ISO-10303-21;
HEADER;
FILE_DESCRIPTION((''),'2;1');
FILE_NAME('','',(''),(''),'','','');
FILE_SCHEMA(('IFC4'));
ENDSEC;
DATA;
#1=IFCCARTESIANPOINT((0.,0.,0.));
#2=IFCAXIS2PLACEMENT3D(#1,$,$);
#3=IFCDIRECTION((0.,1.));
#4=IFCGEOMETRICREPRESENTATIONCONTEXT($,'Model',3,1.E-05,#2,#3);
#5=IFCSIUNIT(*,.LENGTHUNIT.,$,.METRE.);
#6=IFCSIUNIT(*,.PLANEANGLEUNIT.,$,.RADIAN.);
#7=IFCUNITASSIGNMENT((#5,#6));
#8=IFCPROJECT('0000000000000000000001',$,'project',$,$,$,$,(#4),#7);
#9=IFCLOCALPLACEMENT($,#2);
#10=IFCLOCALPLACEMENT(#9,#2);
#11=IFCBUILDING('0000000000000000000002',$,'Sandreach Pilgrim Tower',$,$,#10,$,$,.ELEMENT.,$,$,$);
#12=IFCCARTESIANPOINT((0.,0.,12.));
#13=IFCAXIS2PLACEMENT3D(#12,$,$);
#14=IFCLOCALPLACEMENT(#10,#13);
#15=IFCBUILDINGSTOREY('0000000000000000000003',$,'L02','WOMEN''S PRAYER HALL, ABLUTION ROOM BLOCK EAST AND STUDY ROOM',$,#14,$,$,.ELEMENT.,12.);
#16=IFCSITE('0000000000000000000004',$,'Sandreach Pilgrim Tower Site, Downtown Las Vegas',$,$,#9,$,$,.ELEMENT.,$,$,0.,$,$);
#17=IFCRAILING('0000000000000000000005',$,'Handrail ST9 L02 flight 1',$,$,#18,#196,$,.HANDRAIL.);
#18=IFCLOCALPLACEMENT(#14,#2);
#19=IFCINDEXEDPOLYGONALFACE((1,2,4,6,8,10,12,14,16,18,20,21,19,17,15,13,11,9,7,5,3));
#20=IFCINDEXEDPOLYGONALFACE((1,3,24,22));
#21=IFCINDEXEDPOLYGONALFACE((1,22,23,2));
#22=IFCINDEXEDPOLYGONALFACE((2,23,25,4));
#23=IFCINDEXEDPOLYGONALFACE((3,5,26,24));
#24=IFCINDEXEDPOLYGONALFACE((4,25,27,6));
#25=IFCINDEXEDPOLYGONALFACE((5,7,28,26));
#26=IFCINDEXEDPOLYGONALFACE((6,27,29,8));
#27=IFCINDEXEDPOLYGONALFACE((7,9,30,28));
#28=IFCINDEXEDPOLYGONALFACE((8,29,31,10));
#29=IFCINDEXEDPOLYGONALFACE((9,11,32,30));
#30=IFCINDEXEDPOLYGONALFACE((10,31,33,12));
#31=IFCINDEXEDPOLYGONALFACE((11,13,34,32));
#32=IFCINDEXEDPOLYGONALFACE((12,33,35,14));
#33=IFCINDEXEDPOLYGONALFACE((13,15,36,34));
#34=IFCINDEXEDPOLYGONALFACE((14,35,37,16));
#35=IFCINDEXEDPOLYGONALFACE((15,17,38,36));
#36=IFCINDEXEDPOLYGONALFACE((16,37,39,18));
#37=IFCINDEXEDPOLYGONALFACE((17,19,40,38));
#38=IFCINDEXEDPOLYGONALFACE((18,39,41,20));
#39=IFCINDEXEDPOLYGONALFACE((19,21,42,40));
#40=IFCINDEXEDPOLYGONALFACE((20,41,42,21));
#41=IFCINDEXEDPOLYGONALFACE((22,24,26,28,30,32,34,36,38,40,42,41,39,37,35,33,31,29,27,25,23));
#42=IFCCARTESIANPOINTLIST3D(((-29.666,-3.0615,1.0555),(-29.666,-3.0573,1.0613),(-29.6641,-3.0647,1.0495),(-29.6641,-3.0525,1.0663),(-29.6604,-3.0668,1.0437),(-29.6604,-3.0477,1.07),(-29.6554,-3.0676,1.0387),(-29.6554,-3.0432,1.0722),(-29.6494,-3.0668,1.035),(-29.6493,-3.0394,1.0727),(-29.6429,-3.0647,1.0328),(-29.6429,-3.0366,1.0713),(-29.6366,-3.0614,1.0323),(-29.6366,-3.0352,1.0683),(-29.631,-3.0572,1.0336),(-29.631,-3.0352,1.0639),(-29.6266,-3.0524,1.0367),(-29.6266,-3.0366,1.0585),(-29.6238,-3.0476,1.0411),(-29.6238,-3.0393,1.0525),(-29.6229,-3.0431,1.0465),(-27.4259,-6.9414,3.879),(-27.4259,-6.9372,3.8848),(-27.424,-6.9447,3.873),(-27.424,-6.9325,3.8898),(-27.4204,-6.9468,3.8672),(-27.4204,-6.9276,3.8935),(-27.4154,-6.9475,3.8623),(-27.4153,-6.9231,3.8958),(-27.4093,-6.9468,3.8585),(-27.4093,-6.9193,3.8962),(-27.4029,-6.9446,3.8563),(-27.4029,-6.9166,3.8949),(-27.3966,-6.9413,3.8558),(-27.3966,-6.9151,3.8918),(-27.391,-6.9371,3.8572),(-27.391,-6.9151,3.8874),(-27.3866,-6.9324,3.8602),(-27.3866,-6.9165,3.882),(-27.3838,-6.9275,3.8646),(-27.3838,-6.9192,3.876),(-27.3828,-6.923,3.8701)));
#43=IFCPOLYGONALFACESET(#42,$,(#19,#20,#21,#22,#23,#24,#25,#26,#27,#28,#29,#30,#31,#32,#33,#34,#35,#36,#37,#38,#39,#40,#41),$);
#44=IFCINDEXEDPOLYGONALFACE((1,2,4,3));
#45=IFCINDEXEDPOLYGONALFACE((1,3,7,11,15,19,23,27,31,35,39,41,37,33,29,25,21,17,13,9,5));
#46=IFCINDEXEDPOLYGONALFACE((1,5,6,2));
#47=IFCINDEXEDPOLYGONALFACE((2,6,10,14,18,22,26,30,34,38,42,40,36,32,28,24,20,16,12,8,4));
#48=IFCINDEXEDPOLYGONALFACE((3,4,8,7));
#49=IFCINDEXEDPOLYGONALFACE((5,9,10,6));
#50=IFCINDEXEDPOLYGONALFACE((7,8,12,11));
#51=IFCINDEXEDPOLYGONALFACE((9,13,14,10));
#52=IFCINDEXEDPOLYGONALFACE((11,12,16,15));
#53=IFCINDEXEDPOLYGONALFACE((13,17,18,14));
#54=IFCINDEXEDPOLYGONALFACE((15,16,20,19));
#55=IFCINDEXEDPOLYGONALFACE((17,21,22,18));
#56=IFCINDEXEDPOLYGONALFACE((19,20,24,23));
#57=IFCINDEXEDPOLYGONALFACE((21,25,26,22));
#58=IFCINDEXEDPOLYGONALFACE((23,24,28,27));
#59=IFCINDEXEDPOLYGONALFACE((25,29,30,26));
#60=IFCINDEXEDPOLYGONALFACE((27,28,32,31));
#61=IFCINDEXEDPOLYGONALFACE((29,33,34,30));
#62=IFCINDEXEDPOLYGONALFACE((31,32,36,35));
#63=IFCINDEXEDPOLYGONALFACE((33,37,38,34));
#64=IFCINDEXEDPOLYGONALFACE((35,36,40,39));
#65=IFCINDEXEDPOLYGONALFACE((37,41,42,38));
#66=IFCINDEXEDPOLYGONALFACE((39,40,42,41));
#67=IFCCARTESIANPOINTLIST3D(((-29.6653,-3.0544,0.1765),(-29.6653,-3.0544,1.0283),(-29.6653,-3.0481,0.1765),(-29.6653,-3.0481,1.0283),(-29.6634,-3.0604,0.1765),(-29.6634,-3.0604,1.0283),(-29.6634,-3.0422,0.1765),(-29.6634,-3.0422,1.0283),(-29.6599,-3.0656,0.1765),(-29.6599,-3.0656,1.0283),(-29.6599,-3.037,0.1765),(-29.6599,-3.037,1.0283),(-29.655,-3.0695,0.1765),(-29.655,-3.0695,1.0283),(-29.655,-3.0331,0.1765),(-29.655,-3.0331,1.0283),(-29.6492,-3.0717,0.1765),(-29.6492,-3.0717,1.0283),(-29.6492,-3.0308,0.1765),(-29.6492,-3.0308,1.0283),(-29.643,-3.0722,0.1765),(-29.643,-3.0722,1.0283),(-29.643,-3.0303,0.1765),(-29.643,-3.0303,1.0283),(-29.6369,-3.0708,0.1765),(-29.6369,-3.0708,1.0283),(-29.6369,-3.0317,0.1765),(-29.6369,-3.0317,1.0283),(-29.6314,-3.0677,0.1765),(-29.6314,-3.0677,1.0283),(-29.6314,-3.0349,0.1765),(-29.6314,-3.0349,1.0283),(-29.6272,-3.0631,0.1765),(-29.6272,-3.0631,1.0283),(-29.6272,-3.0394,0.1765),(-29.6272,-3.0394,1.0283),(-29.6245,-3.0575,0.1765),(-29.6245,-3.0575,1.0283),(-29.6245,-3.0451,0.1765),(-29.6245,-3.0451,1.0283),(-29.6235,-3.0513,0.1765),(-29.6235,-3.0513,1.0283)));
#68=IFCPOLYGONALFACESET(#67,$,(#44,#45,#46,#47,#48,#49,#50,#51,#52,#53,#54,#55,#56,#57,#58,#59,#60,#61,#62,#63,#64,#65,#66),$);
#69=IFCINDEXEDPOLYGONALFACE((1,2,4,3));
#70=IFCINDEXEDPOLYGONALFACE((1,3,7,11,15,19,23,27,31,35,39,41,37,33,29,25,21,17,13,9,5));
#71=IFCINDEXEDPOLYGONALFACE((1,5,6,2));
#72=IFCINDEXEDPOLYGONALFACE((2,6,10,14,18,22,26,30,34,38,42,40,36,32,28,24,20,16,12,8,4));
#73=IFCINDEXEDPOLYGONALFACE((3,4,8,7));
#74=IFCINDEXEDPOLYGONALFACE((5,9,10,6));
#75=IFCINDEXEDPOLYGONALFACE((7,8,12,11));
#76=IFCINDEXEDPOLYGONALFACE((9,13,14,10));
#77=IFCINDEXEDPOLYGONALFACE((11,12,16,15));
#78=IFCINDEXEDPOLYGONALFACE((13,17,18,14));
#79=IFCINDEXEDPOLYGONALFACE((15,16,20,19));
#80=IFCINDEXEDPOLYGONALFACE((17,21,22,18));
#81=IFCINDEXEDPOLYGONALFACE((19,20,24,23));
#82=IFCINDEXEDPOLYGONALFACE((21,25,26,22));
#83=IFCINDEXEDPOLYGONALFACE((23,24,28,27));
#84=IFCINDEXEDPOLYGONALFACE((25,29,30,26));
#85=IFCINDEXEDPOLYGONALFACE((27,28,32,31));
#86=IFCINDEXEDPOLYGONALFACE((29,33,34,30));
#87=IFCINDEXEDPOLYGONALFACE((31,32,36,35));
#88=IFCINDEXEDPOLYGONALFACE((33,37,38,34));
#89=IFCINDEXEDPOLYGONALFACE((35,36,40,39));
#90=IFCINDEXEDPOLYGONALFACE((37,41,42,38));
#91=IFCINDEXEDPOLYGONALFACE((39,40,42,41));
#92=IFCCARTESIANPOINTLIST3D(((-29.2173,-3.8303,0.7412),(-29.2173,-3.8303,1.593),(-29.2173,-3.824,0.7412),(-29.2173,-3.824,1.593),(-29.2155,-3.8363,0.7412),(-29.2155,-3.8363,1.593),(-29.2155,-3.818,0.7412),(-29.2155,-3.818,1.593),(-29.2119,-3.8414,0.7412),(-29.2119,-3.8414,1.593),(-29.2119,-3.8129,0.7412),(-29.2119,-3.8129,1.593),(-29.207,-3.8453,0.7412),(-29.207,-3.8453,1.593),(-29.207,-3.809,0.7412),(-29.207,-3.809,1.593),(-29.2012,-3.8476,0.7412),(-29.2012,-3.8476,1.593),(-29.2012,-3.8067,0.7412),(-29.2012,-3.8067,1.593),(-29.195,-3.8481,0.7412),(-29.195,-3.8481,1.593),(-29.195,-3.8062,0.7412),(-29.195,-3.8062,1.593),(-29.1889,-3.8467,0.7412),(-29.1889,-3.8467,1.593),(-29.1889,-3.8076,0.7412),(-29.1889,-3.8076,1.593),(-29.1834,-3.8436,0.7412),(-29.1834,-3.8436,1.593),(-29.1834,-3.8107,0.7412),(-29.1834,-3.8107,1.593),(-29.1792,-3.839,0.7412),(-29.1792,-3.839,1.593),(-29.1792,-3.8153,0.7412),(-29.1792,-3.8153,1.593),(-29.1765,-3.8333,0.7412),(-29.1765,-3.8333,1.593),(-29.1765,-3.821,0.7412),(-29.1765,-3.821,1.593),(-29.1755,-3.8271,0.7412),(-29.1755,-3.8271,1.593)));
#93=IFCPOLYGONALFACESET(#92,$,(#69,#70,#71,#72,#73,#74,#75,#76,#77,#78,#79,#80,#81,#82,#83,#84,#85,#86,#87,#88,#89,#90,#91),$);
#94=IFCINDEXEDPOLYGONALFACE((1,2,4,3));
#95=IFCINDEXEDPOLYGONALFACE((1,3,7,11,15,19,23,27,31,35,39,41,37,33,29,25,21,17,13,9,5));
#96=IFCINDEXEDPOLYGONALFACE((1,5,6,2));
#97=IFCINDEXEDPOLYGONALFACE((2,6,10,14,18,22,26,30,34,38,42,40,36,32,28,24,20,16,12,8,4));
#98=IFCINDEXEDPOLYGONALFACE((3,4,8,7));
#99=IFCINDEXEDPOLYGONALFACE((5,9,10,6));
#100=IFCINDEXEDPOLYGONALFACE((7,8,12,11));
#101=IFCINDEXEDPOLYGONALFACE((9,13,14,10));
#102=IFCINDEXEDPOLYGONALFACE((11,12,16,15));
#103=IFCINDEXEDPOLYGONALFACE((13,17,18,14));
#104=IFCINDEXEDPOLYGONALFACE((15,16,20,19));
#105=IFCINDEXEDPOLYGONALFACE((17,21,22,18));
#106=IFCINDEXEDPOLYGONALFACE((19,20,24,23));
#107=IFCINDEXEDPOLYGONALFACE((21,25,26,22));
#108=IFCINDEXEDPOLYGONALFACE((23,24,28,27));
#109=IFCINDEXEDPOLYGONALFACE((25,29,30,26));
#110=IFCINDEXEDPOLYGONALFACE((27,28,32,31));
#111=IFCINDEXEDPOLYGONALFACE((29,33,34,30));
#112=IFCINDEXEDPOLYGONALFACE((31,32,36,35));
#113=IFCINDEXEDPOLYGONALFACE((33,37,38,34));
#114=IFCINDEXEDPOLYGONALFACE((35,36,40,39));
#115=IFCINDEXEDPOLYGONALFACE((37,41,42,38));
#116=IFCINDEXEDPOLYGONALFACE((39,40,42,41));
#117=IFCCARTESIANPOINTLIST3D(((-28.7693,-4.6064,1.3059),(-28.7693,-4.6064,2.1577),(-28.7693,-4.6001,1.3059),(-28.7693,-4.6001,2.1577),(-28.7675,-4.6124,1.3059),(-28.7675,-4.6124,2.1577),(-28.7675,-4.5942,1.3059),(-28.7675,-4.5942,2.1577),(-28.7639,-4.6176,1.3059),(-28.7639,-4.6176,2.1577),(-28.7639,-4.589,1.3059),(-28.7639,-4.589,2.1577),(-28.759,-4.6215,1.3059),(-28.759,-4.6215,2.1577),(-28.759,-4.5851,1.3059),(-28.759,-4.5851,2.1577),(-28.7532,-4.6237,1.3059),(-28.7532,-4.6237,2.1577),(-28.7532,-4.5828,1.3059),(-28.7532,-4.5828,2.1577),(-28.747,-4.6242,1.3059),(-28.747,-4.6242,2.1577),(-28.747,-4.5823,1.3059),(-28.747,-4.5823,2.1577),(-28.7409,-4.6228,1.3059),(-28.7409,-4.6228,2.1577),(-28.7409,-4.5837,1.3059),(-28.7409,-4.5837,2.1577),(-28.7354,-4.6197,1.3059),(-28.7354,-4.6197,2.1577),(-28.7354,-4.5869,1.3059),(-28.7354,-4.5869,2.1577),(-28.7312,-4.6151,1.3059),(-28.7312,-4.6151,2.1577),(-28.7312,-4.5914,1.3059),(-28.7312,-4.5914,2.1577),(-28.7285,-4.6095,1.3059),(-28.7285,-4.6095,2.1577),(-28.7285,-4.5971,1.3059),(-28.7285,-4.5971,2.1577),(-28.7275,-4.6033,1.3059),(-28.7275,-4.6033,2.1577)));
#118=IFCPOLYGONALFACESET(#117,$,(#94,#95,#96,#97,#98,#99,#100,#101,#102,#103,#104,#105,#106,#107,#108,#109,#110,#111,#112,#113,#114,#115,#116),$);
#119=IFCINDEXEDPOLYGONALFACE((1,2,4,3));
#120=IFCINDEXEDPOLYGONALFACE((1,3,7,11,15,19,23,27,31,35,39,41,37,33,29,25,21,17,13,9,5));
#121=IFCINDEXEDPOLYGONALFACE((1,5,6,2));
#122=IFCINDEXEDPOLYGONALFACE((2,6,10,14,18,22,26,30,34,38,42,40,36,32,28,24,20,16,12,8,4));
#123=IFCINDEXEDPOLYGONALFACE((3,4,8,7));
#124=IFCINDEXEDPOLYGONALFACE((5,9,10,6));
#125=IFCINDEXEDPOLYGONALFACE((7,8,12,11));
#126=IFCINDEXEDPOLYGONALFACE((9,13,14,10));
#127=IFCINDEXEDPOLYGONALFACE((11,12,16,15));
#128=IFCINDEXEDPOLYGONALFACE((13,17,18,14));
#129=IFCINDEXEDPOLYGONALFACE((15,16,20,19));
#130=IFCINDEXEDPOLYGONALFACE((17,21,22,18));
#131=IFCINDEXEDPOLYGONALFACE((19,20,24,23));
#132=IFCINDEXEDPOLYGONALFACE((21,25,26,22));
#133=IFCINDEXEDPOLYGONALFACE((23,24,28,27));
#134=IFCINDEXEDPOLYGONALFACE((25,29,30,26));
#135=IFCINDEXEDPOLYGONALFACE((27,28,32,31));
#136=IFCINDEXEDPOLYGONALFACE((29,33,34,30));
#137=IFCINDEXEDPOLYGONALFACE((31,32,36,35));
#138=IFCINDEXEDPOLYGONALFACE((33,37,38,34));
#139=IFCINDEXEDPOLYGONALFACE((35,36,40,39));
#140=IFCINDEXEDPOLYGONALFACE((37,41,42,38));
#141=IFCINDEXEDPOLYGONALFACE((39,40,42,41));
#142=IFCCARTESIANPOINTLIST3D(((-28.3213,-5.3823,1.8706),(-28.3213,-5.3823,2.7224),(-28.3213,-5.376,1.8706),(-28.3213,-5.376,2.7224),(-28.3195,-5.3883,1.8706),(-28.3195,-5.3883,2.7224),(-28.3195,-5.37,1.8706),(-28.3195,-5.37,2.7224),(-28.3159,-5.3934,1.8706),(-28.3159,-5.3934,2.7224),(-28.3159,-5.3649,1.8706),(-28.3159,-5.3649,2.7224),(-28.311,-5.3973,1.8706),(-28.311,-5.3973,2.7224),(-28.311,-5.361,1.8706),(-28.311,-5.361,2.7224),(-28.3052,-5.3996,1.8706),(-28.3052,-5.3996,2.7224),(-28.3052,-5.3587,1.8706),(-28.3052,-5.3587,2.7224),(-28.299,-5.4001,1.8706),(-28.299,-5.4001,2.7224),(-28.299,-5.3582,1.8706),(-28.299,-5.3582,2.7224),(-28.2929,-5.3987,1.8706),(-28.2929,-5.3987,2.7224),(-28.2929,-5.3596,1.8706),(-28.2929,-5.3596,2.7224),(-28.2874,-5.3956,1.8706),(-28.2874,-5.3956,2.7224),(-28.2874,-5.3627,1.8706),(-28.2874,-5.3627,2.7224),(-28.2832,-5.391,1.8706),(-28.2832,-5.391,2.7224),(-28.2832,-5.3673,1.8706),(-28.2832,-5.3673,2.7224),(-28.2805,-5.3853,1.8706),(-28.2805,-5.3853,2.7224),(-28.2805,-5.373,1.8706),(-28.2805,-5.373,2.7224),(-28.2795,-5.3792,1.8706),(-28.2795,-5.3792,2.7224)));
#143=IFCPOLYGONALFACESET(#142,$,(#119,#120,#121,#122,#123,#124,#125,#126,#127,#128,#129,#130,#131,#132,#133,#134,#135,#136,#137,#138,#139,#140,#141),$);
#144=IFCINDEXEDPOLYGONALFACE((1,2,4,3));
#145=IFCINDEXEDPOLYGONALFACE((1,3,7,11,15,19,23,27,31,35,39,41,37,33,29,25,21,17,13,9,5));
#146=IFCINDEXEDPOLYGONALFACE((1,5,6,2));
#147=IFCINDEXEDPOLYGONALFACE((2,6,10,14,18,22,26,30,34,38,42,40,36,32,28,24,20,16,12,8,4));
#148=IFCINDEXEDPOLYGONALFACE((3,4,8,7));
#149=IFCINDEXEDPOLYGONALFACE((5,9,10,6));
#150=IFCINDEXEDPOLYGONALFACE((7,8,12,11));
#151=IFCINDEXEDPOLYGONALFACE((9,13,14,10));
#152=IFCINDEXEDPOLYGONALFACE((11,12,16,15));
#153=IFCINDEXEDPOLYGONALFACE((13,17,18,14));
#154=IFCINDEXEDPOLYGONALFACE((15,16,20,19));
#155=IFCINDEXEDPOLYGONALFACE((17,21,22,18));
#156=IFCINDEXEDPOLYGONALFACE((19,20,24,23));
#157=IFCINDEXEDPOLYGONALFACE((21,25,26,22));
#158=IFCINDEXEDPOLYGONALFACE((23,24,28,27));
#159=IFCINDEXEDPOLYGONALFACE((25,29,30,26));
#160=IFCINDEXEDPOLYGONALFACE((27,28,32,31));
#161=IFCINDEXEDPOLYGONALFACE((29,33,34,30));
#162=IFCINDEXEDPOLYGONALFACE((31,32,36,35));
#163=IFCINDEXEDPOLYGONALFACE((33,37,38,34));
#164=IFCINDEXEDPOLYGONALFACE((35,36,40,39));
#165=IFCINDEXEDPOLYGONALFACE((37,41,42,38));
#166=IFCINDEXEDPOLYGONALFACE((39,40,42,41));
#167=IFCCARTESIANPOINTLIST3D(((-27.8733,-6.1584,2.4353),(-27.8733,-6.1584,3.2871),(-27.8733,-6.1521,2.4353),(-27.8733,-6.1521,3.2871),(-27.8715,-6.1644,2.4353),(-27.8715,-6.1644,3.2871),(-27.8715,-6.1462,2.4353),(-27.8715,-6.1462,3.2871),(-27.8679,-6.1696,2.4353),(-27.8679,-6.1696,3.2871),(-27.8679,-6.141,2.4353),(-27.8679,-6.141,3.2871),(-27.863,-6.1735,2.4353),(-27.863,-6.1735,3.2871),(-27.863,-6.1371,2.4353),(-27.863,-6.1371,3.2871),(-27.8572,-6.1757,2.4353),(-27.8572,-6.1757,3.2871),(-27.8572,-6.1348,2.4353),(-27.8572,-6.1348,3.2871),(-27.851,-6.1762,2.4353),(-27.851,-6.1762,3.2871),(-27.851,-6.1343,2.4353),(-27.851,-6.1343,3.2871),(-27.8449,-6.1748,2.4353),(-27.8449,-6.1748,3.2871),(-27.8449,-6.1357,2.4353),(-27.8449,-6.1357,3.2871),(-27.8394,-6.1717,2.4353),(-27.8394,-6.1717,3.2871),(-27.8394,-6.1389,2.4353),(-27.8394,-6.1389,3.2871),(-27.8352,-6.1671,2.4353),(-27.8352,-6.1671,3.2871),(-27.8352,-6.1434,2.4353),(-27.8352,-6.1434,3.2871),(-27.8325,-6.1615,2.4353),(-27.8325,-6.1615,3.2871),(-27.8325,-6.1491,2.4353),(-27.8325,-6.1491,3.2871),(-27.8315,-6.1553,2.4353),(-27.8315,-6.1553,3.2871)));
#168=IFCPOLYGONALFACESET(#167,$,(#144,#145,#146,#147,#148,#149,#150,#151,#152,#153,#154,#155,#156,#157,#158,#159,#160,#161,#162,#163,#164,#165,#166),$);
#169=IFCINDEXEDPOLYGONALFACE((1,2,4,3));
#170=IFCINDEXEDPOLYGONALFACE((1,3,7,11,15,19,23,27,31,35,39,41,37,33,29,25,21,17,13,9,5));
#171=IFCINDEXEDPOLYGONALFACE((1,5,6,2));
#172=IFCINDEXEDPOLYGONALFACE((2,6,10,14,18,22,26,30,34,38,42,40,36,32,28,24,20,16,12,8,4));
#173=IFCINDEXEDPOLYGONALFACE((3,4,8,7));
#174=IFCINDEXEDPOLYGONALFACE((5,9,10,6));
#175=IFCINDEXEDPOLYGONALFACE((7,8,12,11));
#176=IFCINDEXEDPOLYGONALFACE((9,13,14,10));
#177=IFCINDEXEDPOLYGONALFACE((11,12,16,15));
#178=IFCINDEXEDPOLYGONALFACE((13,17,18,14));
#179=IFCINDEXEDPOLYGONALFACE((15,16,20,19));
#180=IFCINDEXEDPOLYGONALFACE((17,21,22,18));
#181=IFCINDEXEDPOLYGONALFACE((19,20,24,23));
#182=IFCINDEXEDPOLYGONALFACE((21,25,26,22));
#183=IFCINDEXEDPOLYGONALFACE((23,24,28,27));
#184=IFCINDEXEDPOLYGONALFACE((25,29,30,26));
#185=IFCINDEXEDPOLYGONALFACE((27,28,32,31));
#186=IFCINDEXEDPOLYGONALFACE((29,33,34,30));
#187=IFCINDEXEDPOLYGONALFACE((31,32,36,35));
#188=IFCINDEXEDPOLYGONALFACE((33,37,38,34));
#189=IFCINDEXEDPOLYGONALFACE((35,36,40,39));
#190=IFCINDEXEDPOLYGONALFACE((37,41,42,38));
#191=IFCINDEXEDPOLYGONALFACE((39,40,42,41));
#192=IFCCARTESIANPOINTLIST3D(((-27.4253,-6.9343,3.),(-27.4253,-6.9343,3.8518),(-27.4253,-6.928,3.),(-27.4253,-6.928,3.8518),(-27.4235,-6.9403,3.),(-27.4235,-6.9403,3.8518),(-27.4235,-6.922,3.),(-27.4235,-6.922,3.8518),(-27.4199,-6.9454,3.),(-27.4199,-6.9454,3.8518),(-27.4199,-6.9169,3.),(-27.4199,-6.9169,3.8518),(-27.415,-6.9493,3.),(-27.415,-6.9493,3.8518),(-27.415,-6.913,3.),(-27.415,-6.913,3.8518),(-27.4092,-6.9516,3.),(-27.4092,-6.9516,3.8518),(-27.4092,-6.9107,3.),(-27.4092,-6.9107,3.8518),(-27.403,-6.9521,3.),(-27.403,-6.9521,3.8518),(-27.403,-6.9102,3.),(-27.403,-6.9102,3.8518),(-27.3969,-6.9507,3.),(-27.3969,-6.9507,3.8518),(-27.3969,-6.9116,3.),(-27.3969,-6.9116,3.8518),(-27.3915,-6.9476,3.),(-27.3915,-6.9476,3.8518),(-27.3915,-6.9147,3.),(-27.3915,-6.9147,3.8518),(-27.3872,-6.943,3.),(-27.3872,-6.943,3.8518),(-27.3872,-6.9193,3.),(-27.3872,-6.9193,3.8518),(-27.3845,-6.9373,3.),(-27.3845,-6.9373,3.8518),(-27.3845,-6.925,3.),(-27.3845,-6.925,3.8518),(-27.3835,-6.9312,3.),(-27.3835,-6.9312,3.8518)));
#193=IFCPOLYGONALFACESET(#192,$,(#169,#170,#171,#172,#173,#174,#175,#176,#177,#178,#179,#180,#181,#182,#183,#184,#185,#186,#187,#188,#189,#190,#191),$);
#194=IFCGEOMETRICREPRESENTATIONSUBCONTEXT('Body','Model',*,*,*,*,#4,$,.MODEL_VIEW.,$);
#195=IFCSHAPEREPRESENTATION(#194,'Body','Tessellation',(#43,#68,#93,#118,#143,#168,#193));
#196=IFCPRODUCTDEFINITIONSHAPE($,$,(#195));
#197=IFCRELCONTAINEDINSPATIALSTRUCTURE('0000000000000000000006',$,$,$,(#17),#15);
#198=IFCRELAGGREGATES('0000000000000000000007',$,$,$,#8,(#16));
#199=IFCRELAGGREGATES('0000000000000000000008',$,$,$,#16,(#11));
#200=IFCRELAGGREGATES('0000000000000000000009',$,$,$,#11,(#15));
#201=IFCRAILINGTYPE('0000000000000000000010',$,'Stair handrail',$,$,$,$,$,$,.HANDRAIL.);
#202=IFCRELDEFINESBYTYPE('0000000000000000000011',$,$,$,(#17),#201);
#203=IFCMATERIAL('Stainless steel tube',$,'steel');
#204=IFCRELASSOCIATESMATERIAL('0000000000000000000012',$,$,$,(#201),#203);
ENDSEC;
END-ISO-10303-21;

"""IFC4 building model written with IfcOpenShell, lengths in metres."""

from ifc_helpers import new_model, si_unit, direction, frame, origin, origin_2d, place, context, subcontext, project, spatial, circle, extrude, material, type_object, element, save


model = new_model("IFC4")

# Units and contexts
model_context = context("Model", 3, precision=1e-05, world=origin(), true_north=direction((0.0, 1.0)))
body_context = subcontext(model_context, "Body", "Model", "MODEL_VIEW")
ifc_project = project(units=[si_unit("LENGTHUNIT", "METRE"), si_unit("PLANEANGLEUNIT", "RADIAN")], contexts=[model_context])

# Site, building, storey
site_placement = place(None, origin())
site = spatial("IfcSite", under=ifc_project, at=site_placement, Name="Sandreach Pilgrim Tower Site, Downtown Las Vegas", CompositionType="ELEMENT", RefElevation=0.0)
building_placement = place(site_placement, origin())
building = spatial("IfcBuilding", under=site, at=building_placement, Name="Sandreach Pilgrim Tower", CompositionType="ELEMENT")
storey_placement = place(building_placement, frame((0.0, 0.0, 12.0)))
storey = spatial("IfcBuildingStorey", under=building, at=storey_placement, Name="L02", Description="WOMEN'S PRAYER HALL, ABLUTION ROOM BLOCK EAST AND STUDY ROOM", CompositionType="ELEMENT", Elevation=12.0)

# Railing
ifc_material_1 = material(Name="Stainless steel tube", Category="steel")
railing_type = type_object("IfcRailingType", Name="Stair handrail", PredefinedType="HANDRAIL", material=ifc_material_1)
railing_1_placement = place(storey_placement, frame((-29.6445, -3.0513, 0.1765)))
element("IfcRailing", 1, at=railing_1_placement, inside=storey, type_object=railing_type, Name="Handrail ST9 L02 flight 1", PredefinedType="HANDRAIL", context=body_context, shape_type="SweptSolid", body=[
    extrude(circle(Radius=0.0239, at=origin_2d()), frame((0.0, 0.0, 0.876), z_axis=(0.422993, -0.732665, 0.533178), x_axis=(0.866031, 0.49999, 0.0)), (0.0, 0.0, 1.0), 5.2957),
    extrude(circle(Radius=0.021, at=origin_2d()), origin(), (0.0, 0.0, 1.0), 0.8518),
    extrude(circle(Radius=0.021, at=origin_2d()), frame((0.448, -0.7759, 0.5647)), (0.0, 0.0, 1.0), 0.8518),
    extrude(circle(Radius=0.021, at=origin_2d()), frame((0.896, -1.552, 1.1294)), (0.0, 0.0, 1.0), 0.8518),
    extrude(circle(Radius=0.021, at=origin_2d()), frame((1.344, -2.3279, 1.6941)), (0.0, 0.0, 1.0), 0.8518),
    extrude(circle(Radius=0.021, at=origin_2d()), frame((1.792, -3.104, 2.2588)), (0.0, 0.0, 1.0), 0.8518),
    extrude(circle(Radius=0.021, at=origin_2d()), frame((2.24, -3.8799, 2.8235)), (0.0, 0.0, 1.0), 0.8518),
])

save(model, "model.ifc")
